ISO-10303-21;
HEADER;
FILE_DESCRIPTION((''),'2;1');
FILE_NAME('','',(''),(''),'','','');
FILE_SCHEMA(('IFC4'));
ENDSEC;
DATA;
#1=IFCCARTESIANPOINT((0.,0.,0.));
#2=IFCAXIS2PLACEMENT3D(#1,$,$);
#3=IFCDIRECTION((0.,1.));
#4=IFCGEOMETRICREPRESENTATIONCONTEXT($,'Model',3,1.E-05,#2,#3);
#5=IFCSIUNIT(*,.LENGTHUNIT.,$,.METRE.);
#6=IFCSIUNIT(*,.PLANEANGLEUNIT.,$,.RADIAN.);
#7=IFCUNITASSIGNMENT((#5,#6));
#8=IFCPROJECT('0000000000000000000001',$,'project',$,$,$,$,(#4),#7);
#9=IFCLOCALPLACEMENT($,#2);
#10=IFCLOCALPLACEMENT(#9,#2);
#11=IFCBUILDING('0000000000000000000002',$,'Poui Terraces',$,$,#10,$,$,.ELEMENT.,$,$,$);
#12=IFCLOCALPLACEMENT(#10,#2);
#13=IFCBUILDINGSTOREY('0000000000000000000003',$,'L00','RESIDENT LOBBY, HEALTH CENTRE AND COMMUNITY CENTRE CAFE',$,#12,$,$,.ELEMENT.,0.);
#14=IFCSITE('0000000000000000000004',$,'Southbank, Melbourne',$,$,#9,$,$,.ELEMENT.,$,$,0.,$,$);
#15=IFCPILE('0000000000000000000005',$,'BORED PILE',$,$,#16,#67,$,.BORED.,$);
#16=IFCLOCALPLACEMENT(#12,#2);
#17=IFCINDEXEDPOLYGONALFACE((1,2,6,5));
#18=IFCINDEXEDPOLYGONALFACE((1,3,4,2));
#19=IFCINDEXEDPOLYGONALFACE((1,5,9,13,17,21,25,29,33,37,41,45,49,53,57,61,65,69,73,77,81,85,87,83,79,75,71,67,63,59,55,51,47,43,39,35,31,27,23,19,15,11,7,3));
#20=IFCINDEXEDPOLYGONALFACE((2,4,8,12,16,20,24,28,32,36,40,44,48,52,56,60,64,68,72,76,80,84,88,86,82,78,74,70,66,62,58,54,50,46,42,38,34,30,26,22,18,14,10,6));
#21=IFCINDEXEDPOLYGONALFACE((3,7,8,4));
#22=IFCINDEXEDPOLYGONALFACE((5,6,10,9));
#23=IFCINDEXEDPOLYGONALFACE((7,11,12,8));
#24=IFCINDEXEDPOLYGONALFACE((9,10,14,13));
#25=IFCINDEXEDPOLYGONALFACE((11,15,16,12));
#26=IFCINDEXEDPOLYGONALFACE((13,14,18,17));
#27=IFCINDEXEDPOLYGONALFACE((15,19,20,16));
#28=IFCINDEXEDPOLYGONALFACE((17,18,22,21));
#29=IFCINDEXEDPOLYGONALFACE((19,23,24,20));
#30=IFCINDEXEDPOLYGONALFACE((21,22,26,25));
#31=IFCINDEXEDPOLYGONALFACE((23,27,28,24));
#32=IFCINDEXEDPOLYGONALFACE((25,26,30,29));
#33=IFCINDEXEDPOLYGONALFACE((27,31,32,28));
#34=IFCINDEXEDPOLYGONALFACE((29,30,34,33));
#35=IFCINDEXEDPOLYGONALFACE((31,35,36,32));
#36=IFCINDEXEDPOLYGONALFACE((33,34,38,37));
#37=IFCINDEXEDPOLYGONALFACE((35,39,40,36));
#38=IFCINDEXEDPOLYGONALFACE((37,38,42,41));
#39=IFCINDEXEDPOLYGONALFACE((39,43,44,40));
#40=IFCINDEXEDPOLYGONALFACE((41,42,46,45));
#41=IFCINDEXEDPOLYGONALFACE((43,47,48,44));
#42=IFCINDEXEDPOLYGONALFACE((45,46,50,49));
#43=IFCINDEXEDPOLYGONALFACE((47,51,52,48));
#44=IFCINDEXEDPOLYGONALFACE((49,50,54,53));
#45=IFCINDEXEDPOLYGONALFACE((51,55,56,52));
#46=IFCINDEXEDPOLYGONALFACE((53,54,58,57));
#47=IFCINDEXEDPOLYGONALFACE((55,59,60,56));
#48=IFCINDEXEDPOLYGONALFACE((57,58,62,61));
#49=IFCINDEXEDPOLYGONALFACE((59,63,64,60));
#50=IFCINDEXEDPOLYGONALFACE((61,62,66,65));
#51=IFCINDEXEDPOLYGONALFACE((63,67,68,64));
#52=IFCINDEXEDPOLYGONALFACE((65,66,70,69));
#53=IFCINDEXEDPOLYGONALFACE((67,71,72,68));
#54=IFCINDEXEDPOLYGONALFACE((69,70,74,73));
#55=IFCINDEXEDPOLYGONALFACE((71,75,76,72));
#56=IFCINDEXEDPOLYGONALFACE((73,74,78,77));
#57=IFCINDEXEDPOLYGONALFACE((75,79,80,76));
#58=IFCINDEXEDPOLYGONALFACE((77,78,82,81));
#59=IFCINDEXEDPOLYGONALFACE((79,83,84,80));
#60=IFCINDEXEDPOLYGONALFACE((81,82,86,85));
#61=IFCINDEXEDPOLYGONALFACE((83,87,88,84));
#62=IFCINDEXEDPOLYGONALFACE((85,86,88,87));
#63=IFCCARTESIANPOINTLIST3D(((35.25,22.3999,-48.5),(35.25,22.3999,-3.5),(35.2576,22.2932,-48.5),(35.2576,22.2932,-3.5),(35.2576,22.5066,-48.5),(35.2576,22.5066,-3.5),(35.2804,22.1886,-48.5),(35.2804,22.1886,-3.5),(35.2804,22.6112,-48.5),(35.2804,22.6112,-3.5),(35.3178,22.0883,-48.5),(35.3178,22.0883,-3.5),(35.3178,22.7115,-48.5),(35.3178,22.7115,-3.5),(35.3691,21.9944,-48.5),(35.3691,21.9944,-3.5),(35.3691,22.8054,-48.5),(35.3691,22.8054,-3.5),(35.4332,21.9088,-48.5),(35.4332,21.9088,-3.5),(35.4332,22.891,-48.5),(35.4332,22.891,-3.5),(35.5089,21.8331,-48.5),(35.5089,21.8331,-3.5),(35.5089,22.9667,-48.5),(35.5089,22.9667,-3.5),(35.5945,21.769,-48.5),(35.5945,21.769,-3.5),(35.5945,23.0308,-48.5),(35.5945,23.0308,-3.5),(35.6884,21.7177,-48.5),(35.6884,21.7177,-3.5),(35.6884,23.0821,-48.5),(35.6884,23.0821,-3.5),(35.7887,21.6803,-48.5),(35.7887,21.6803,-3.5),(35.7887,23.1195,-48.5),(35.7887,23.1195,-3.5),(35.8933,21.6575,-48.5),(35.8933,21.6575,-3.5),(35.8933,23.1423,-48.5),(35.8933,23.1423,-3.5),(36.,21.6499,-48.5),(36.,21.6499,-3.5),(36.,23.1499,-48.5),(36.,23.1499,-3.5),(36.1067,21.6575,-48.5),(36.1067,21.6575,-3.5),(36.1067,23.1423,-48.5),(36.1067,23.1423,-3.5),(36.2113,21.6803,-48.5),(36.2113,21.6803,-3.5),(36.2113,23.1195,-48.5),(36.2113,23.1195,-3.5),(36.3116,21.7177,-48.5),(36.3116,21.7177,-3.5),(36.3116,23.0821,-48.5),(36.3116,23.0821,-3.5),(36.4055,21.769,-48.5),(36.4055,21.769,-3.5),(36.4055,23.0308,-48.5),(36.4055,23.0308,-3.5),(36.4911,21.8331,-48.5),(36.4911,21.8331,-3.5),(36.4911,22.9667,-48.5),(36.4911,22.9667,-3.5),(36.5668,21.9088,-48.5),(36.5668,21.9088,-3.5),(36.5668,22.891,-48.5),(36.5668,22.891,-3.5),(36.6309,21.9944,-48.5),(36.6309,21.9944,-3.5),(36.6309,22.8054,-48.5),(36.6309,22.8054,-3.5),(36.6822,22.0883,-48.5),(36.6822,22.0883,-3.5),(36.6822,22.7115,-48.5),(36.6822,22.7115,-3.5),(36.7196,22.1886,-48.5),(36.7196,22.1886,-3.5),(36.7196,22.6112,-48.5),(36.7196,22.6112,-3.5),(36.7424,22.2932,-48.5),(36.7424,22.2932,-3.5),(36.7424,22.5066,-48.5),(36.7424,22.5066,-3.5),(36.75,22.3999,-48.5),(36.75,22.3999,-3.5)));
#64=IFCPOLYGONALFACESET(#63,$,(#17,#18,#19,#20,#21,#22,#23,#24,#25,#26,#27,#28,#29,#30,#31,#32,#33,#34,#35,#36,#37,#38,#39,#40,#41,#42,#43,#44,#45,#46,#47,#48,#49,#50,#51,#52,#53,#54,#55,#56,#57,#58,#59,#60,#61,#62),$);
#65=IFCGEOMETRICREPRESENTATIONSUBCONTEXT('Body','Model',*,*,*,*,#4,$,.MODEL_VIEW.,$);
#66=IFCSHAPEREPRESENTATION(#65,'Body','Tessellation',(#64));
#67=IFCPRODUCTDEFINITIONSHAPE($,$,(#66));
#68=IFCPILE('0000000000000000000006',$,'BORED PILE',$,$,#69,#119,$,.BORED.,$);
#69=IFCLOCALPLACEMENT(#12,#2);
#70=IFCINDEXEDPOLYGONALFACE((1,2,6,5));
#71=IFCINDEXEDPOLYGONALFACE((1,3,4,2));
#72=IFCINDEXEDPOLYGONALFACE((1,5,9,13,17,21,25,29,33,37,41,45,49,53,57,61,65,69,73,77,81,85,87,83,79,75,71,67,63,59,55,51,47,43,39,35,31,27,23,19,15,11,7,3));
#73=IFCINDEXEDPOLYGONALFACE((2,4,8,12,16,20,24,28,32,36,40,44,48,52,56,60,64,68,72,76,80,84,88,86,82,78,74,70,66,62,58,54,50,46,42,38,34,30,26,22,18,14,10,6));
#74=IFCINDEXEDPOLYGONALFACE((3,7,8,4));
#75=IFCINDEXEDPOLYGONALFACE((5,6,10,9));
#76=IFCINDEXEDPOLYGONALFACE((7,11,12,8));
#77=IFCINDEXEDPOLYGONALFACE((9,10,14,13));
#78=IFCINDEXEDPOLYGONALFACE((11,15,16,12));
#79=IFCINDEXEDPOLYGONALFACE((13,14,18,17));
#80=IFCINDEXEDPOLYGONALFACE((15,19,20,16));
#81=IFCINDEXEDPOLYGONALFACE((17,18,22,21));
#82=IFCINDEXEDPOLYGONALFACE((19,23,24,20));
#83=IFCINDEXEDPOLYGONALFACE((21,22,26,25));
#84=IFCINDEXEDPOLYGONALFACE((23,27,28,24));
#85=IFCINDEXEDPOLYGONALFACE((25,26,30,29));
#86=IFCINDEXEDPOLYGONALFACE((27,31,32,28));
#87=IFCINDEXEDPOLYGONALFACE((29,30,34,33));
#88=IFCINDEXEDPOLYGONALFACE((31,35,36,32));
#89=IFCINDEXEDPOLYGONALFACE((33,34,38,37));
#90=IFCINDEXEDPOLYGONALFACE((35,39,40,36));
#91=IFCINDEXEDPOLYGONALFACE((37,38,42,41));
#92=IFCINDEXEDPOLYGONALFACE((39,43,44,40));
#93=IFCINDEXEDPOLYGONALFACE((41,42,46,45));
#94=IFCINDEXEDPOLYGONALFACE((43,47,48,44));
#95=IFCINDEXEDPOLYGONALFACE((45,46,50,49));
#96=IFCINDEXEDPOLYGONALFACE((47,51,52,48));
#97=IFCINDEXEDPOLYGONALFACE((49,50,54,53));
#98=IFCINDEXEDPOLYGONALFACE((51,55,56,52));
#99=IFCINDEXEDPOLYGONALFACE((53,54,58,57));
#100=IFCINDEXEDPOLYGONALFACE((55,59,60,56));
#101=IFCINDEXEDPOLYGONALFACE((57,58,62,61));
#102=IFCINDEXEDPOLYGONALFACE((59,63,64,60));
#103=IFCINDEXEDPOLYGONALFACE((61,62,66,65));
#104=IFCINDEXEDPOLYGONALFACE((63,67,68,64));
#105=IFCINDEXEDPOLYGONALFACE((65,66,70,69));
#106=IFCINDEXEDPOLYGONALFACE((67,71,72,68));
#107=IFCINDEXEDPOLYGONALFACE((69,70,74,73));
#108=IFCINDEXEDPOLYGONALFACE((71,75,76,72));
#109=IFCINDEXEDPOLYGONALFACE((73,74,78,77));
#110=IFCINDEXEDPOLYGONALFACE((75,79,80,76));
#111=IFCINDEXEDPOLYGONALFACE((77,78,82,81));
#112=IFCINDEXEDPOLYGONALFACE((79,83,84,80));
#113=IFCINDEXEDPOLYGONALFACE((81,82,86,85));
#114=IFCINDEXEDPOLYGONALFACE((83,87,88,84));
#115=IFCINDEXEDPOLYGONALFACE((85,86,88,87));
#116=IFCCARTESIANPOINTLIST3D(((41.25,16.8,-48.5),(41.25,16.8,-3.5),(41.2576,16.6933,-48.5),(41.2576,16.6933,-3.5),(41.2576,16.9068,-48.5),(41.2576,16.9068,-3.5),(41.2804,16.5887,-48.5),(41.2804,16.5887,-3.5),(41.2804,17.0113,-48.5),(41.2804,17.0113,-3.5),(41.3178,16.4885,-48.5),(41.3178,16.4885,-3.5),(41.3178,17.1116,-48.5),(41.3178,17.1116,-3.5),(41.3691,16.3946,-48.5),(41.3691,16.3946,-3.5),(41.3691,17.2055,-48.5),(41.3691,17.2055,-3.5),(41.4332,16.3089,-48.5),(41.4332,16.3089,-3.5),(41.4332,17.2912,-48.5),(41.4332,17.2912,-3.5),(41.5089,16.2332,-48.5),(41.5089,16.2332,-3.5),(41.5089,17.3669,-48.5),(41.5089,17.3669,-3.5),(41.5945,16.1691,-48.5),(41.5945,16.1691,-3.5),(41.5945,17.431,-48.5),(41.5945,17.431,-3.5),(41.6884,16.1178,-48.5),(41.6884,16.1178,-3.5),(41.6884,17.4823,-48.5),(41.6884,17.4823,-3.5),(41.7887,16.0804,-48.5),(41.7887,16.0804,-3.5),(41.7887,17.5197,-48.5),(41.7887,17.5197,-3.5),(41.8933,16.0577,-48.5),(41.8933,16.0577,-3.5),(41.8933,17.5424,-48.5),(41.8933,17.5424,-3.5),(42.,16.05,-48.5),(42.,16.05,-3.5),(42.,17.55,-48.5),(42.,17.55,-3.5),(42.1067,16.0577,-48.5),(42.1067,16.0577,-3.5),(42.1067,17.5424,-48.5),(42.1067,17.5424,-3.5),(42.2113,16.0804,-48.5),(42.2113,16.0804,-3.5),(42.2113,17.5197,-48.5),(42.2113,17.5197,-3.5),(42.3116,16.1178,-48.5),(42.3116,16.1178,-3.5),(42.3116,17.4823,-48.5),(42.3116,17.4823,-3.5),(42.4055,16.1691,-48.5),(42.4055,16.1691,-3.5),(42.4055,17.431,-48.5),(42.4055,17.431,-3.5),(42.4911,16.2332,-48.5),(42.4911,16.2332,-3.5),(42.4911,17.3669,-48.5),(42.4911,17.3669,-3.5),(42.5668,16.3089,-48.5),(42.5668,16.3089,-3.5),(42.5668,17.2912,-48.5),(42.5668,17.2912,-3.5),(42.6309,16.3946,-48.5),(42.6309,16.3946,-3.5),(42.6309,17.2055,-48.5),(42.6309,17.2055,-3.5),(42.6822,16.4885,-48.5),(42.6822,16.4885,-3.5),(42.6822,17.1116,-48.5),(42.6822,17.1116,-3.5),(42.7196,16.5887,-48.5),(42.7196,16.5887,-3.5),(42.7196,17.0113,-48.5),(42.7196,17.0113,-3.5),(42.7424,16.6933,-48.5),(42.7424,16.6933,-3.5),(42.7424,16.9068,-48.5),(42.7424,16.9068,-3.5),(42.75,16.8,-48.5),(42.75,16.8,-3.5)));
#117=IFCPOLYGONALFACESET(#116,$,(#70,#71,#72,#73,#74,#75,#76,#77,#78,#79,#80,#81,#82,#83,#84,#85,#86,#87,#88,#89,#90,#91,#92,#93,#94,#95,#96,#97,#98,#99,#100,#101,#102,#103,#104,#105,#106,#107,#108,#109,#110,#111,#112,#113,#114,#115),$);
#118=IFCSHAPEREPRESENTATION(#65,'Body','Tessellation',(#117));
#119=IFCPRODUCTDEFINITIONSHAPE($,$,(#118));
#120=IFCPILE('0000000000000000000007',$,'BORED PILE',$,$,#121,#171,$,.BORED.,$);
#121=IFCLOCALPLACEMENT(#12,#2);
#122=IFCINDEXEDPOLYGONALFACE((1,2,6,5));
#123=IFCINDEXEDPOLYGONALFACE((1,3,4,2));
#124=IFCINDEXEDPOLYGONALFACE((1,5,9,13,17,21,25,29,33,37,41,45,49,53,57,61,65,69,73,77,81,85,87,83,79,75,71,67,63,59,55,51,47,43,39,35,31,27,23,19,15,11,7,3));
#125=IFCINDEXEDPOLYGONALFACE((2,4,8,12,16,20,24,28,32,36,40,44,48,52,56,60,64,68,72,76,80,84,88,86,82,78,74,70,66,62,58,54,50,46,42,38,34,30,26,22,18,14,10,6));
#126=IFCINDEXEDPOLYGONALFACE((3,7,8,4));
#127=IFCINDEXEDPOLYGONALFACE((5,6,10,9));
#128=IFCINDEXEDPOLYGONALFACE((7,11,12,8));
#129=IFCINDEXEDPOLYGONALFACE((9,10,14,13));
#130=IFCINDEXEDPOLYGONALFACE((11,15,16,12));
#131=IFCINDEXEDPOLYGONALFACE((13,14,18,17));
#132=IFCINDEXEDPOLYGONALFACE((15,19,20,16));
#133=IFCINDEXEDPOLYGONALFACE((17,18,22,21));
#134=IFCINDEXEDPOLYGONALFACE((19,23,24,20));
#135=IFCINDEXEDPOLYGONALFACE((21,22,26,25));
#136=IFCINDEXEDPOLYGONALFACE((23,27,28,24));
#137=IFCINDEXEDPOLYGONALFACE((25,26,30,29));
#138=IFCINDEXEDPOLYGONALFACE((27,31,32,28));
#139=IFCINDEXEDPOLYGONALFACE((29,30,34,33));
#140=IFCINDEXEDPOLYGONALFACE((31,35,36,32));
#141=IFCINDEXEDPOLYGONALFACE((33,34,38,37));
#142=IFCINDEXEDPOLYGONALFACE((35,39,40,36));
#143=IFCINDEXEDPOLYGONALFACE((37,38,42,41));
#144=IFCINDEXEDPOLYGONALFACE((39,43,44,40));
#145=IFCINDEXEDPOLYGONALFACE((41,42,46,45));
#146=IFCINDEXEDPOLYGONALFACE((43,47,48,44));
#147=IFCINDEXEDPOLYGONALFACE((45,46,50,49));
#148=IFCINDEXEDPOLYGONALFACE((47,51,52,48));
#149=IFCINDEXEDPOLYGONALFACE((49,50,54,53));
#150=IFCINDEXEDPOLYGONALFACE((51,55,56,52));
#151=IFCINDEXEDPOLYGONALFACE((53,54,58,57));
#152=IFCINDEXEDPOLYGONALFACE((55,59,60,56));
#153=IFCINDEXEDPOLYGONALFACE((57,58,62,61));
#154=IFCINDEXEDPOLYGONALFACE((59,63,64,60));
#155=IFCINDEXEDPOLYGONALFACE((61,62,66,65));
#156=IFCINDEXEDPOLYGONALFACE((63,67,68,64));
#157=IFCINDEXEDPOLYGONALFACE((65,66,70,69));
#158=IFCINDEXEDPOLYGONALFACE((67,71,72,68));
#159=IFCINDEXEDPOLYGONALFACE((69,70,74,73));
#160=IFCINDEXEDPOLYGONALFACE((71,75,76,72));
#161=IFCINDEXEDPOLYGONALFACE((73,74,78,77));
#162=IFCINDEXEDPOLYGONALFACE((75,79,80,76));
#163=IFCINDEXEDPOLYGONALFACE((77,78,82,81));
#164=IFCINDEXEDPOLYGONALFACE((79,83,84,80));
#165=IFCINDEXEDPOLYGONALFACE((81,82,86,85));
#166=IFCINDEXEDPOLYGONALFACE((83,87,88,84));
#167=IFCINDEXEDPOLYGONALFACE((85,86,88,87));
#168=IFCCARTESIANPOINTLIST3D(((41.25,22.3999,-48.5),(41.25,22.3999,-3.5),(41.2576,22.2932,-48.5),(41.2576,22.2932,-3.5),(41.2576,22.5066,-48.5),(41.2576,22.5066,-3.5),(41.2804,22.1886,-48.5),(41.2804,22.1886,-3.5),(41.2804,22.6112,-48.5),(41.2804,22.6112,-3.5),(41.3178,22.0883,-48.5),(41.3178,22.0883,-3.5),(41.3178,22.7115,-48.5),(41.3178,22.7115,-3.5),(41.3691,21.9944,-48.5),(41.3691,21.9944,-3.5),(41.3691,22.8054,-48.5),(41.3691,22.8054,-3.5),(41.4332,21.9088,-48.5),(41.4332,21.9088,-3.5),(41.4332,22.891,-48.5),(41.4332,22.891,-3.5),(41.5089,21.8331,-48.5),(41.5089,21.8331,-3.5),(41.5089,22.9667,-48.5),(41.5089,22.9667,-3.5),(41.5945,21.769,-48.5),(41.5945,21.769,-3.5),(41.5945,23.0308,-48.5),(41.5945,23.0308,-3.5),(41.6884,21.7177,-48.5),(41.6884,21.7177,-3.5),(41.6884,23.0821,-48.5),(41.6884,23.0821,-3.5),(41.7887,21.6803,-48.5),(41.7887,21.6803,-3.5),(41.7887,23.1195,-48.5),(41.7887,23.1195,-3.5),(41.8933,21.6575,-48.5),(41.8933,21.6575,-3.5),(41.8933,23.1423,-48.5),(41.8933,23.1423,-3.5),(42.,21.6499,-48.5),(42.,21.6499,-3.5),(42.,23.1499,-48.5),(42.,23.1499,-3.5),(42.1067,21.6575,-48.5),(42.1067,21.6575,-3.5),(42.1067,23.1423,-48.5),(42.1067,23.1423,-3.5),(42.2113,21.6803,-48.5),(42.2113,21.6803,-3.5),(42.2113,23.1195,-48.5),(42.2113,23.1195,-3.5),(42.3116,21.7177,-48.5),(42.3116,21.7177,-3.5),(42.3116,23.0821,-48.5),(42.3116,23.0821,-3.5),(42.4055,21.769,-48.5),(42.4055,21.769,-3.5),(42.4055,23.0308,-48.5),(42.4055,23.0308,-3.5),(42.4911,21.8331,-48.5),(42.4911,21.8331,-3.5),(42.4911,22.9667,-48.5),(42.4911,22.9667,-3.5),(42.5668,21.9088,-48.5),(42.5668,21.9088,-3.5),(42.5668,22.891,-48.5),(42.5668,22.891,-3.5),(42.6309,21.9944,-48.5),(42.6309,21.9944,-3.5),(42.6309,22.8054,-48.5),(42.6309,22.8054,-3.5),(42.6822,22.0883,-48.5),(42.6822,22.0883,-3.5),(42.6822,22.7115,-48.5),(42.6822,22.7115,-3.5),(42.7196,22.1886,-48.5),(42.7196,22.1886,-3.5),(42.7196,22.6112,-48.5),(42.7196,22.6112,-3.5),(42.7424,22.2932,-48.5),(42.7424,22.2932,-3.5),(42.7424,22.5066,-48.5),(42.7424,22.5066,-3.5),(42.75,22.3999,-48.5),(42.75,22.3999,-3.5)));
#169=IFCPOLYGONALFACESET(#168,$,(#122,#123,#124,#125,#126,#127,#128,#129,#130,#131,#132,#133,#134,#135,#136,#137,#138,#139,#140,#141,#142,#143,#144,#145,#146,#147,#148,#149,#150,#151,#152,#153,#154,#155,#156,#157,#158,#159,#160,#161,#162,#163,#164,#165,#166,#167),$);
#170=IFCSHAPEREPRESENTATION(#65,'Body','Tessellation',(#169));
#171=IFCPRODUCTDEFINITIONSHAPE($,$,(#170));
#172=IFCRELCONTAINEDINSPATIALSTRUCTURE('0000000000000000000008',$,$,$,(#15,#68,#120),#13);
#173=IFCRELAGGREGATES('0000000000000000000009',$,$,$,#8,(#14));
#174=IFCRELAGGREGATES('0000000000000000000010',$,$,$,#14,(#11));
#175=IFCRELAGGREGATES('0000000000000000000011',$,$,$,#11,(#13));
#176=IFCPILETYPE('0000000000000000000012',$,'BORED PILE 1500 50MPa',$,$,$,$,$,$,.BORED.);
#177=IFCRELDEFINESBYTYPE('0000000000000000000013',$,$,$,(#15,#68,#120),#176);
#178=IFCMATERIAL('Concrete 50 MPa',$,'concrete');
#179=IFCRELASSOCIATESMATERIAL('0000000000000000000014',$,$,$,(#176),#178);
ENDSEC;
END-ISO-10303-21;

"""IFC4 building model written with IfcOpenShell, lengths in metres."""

from ifc_helpers import new_model, si_unit, direction, frame, origin, origin_2d, place, context, subcontext, project, spatial, circle, extrude, material, material_profile, profile_set, type_object, element, save


model = new_model("IFC4")

# Units and contexts
model_context = context("Model", 3, precision=1e-05, world=origin(), true_north=direction((0.0, 1.0)))
body_context = subcontext(model_context, "Body", "Model", "MODEL_VIEW")
ifc_project = project(units=[si_unit("LENGTHUNIT", "METRE"), si_unit("PLANEANGLEUNIT", "RADIAN")], contexts=[model_context])

# Site, building, storey
site_placement = place(None, origin())
site = spatial("IfcSite", under=ifc_project, at=site_placement, Name="Southbank, Melbourne", CompositionType="ELEMENT", RefElevation=0.0)
building_placement = place(site_placement, origin())
building = spatial("IfcBuilding", under=site, at=building_placement, Name="Poui Terraces", CompositionType="ELEMENT")
storey_placement = place(building_placement, origin())
storey = spatial("IfcBuildingStorey", under=building, at=storey_placement, Name="L00", Description="RESIDENT LOBBY, HEALTH CENTRE AND COMMUNITY CENTRE CAFE", CompositionType="ELEMENT", Elevation=0.0)

# Piles
ifc_material_1 = material(Name="Concrete 50 MPa", Category="concrete")
ifc_material_profile = material_profile(ifc_material_1, circle(Radius=0.75, at=origin_2d()), Name="RC D1500")
ifc_profile_set = profile_set([ifc_material_profile], Name="Concrete 50 MPa")
pile_type = type_object("IfcPileType", Name="BORED PILE 1500 50MPa", PredefinedType="BORED", material=ifc_profile_set)
for number, where, z_axis, x_axis, name in (
    (1, (36.0, 22.3999, -3.5), (0.0, 0.0, -1.0), (1.0, 0.0, 0.0), "BORED PILE"),
    (2, (42.0, 16.8, -3.5), (0.0, 0.0, -1.0), (1.0, 0.0, 0.0), "BORED PILE"),
    (3, (42.0, 22.3999, -3.5), (0.0, 0.0, -1.0), (1.0, 0.0, 0.0), "BORED PILE"),
):
    element("IfcPile", number, at=place(storey_placement, frame(where, z_axis=z_axis, x_axis=x_axis)), inside=storey, type_object=pile_type, Name=name, PredefinedType="BORED", context=body_context, shape_type="SweptSolid", body=[
        extrude(circle(Radius=0.75, at=origin_2d()), origin(), (0.0, 0.0, 1.0), 45.0),
    ])

save(model, "model.ifc")
